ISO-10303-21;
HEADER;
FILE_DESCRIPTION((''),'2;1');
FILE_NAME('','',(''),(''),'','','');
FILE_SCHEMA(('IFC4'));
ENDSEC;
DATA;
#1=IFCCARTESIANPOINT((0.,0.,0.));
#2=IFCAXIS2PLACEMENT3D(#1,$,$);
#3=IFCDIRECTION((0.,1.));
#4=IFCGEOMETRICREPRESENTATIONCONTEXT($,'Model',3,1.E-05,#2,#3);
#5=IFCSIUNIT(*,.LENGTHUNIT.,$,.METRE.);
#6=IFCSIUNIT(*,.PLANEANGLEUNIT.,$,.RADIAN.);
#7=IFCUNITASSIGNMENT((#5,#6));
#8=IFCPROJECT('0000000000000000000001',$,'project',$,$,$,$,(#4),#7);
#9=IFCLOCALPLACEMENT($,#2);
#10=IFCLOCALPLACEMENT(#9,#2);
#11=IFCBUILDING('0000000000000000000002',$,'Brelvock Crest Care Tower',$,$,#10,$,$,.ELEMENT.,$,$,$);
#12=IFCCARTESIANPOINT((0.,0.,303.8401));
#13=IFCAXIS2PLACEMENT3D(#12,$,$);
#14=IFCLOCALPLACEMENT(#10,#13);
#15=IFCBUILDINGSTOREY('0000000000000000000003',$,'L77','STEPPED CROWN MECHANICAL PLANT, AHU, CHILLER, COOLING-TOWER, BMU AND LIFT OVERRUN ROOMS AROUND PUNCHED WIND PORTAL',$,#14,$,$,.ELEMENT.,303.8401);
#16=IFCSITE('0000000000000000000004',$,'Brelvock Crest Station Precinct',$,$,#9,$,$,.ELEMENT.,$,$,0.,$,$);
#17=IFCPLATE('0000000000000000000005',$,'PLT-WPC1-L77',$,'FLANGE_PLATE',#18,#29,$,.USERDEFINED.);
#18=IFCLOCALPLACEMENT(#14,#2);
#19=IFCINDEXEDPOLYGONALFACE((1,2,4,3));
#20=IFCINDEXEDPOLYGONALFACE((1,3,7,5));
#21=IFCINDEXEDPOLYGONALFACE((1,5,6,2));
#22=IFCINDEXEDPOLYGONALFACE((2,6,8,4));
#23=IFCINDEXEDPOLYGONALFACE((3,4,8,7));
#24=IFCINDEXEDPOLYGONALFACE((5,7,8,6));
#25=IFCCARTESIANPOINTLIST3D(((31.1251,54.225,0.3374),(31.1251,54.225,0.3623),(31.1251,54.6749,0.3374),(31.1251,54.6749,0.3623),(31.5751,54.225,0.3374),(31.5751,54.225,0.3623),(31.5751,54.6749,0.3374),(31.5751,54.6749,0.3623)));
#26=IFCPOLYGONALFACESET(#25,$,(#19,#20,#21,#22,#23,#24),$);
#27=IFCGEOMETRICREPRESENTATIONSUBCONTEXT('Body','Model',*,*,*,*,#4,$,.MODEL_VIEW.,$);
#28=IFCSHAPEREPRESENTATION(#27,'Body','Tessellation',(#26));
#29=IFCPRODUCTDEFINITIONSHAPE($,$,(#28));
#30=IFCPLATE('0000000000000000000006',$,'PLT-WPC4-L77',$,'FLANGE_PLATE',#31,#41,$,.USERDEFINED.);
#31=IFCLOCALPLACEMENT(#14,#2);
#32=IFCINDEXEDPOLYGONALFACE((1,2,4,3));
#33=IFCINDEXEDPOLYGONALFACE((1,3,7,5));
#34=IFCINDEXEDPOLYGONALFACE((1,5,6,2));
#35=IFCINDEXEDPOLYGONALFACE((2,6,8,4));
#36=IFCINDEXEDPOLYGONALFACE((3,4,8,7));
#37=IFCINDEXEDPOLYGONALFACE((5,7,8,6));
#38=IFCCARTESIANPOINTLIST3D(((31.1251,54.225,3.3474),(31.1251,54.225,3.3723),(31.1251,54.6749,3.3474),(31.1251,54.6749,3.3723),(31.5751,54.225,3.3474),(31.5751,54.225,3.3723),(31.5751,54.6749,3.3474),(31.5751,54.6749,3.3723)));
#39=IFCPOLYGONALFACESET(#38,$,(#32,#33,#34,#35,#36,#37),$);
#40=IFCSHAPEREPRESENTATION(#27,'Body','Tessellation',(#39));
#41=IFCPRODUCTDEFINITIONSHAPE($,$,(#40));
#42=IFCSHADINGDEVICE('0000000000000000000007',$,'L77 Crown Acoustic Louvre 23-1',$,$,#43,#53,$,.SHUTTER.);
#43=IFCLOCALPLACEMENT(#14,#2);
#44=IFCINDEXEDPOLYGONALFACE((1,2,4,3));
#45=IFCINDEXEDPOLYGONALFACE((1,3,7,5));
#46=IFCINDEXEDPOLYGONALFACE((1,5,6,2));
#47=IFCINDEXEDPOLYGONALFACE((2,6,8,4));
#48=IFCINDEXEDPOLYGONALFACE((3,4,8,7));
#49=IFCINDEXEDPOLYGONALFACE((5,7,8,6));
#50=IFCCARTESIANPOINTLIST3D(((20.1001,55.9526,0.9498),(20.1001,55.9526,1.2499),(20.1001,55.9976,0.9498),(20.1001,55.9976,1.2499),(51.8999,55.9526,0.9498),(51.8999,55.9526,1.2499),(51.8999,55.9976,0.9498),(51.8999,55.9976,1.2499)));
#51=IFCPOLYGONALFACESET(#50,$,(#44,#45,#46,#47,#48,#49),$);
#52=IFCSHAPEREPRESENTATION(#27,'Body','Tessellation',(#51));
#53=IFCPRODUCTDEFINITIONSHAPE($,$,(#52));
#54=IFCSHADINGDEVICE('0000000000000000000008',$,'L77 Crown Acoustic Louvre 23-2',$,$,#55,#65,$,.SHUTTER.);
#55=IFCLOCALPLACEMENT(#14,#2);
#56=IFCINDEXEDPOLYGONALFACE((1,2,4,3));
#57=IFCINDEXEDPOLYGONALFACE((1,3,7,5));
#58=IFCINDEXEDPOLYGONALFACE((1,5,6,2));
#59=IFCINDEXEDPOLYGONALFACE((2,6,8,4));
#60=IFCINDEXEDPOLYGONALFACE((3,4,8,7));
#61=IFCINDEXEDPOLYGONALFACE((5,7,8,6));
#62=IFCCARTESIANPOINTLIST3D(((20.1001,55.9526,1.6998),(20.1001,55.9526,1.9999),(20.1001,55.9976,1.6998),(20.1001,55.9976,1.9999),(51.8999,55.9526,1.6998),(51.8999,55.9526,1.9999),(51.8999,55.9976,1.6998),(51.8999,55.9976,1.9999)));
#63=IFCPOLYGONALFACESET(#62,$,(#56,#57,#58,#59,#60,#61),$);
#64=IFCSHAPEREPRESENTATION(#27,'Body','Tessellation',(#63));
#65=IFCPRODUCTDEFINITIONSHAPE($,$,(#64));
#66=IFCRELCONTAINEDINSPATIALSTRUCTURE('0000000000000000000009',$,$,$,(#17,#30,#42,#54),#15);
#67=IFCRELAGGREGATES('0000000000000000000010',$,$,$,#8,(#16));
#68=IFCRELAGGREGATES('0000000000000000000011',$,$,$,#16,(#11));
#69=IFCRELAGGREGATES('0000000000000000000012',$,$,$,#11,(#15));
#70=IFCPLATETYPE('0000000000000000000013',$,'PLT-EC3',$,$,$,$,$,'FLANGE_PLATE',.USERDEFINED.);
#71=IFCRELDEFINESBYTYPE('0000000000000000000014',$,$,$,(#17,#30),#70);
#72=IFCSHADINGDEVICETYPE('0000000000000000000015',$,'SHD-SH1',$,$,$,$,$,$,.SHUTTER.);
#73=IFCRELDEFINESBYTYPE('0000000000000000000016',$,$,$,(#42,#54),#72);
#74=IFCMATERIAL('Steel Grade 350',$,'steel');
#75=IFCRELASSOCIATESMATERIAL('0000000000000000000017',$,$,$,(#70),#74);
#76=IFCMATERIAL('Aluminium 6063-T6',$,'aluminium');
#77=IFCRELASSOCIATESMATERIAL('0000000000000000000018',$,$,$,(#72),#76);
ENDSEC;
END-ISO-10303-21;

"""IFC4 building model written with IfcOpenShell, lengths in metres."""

from ifc_helpers import new_model, si_unit, direction, frame, origin, origin_2d, place, context, subcontext, project, spatial, rectangle, extrude, source, transform, mapped, material, material_profile, profile_set, type_object, element, save


model = new_model("IFC4")

# Units and contexts
model_context = context("Model", 3, precision=1e-05, world=origin(), true_north=direction((0.0, 1.0)))
body_context = subcontext(model_context, "Body", "Model", "MODEL_VIEW")
ifc_project = project(units=[si_unit("LENGTHUNIT", "METRE"), si_unit("PLANEANGLEUNIT", "RADIAN")], contexts=[model_context])

# Site, building, storey
site_placement = place(None, origin())
site = spatial("IfcSite", under=ifc_project, at=site_placement, Name="Brelvock Crest Station Precinct", CompositionType="ELEMENT", RefElevation=0.0)
building_placement = place(site_placement, origin())
building = spatial("IfcBuilding", under=site, at=building_placement, Name="Brelvock Crest Care Tower", CompositionType="ELEMENT")
storey_placement = place(building_placement, frame((0.0, 0.0, 303.8401)))
storey = spatial("IfcBuildingStorey", under=building, at=storey_placement, Name="L77", Description="STEPPED CROWN MECHANICAL PLANT, AHU, CHILLER, COOLING-TOWER, BMU AND LIFT OVERRUN ROOMS AROUND PUNCHED WIND PORTAL", CompositionType="ELEMENT", Elevation=303.8401)

# Shared definitions
ifc_material_1 = material(Name="Steel Grade 350", Category="steel")

# Plates
plate_type = type_object("IfcPlateType", Name="PLT-EC3", ElementType="FLANGE_PLATE", PredefinedType="USERDEFINED", material=ifc_material_1)
shared_shape_1 = source(origin(), body_context, "Body", "SweptSolid", [
    extrude(rectangle(XDim=0.45, YDim=0.45, at=origin_2d()), origin(), (0.0, 0.0, 1.0), 0.0249),
])
for number, where, z_axis, x_axis, name in (
    (1, (31.3501, 54.45, 0.3374), (0.0, 0.0, 1.0), (1.0, 0.0, 0.0), "PLT-WPC1-L77"),
    (2, (31.3501, 54.45, 3.3474), (0.0, 0.0, 1.0), (1.0, 0.0, 0.0), "PLT-WPC4-L77"),
):
    element("IfcPlate", number, at=place(storey_placement, frame(where, z_axis=z_axis, x_axis=x_axis)), inside=storey, type_object=plate_type, Name=name, ObjectType="FLANGE_PLATE", PredefinedType="USERDEFINED", context=body_context, shape_type="MappedRepresentation", body=[
        mapped(shared_shape_1, transform((0.0, 0.0, 0.0), x_axis=(1.0, 0.0, 0.0), y_axis=(0.0, 1.0, 0.0), z_axis=(0.0, 0.0, 1.0), scale=1.0)),
    ])

# Shading devices
ifc_material_2 = material(Name="Aluminium 6063-T6", Category="aluminium")
ifc_material_profile_1 = material_profile(ifc_material_2, rectangle(XDim=0.0449, YDim=0.3, at=origin_2d()), Name="LOUVRE45x300")
ifc_profile_set_1 = profile_set([ifc_material_profile_1], Name="Aluminium 6063-T6")
shading_device_type = type_object("IfcShadingDeviceType", Name="SHD-SH1", PredefinedType="SHUTTER", material=ifc_profile_set_1)
shared_shape_2 = source(origin(), body_context, "Body", "SweptSolid", [
    extrude(rectangle(XDim=0.0449, YDim=0.3, at=origin_2d()), origin(), (0.0, 0.0, 1.0), 31.7998),
])
for number, where, z_axis, x_axis, name in (
    (3, (20.1001, 55.9751, 1.0999), (1.0, 0.0, 0.0), (0.0, 1.0, 0.0), "L77 Crown Acoustic Louvre 23-1"),
    (4, (20.1001, 55.9751, 1.8499), (1.0, 0.0, 0.0), (0.0, 1.0, 0.0), "L77 Crown Acoustic Louvre 23-2"),
):
    element("IfcShadingDevice", number, at=place(storey_placement, frame(where, z_axis=z_axis, x_axis=x_axis)), inside=storey, type_object=shading_device_type, Name=name, PredefinedType="SHUTTER", context=body_context, shape_type="MappedRepresentation", body=[
        mapped(shared_shape_2, transform((0.0, 0.0, 0.0), x_axis=(1.0, 0.0, 0.0), y_axis=(0.0, 1.0, 0.0), z_axis=(0.0, 0.0, 1.0), scale=1.0)),
    ])

save(model, "model.ifc")
